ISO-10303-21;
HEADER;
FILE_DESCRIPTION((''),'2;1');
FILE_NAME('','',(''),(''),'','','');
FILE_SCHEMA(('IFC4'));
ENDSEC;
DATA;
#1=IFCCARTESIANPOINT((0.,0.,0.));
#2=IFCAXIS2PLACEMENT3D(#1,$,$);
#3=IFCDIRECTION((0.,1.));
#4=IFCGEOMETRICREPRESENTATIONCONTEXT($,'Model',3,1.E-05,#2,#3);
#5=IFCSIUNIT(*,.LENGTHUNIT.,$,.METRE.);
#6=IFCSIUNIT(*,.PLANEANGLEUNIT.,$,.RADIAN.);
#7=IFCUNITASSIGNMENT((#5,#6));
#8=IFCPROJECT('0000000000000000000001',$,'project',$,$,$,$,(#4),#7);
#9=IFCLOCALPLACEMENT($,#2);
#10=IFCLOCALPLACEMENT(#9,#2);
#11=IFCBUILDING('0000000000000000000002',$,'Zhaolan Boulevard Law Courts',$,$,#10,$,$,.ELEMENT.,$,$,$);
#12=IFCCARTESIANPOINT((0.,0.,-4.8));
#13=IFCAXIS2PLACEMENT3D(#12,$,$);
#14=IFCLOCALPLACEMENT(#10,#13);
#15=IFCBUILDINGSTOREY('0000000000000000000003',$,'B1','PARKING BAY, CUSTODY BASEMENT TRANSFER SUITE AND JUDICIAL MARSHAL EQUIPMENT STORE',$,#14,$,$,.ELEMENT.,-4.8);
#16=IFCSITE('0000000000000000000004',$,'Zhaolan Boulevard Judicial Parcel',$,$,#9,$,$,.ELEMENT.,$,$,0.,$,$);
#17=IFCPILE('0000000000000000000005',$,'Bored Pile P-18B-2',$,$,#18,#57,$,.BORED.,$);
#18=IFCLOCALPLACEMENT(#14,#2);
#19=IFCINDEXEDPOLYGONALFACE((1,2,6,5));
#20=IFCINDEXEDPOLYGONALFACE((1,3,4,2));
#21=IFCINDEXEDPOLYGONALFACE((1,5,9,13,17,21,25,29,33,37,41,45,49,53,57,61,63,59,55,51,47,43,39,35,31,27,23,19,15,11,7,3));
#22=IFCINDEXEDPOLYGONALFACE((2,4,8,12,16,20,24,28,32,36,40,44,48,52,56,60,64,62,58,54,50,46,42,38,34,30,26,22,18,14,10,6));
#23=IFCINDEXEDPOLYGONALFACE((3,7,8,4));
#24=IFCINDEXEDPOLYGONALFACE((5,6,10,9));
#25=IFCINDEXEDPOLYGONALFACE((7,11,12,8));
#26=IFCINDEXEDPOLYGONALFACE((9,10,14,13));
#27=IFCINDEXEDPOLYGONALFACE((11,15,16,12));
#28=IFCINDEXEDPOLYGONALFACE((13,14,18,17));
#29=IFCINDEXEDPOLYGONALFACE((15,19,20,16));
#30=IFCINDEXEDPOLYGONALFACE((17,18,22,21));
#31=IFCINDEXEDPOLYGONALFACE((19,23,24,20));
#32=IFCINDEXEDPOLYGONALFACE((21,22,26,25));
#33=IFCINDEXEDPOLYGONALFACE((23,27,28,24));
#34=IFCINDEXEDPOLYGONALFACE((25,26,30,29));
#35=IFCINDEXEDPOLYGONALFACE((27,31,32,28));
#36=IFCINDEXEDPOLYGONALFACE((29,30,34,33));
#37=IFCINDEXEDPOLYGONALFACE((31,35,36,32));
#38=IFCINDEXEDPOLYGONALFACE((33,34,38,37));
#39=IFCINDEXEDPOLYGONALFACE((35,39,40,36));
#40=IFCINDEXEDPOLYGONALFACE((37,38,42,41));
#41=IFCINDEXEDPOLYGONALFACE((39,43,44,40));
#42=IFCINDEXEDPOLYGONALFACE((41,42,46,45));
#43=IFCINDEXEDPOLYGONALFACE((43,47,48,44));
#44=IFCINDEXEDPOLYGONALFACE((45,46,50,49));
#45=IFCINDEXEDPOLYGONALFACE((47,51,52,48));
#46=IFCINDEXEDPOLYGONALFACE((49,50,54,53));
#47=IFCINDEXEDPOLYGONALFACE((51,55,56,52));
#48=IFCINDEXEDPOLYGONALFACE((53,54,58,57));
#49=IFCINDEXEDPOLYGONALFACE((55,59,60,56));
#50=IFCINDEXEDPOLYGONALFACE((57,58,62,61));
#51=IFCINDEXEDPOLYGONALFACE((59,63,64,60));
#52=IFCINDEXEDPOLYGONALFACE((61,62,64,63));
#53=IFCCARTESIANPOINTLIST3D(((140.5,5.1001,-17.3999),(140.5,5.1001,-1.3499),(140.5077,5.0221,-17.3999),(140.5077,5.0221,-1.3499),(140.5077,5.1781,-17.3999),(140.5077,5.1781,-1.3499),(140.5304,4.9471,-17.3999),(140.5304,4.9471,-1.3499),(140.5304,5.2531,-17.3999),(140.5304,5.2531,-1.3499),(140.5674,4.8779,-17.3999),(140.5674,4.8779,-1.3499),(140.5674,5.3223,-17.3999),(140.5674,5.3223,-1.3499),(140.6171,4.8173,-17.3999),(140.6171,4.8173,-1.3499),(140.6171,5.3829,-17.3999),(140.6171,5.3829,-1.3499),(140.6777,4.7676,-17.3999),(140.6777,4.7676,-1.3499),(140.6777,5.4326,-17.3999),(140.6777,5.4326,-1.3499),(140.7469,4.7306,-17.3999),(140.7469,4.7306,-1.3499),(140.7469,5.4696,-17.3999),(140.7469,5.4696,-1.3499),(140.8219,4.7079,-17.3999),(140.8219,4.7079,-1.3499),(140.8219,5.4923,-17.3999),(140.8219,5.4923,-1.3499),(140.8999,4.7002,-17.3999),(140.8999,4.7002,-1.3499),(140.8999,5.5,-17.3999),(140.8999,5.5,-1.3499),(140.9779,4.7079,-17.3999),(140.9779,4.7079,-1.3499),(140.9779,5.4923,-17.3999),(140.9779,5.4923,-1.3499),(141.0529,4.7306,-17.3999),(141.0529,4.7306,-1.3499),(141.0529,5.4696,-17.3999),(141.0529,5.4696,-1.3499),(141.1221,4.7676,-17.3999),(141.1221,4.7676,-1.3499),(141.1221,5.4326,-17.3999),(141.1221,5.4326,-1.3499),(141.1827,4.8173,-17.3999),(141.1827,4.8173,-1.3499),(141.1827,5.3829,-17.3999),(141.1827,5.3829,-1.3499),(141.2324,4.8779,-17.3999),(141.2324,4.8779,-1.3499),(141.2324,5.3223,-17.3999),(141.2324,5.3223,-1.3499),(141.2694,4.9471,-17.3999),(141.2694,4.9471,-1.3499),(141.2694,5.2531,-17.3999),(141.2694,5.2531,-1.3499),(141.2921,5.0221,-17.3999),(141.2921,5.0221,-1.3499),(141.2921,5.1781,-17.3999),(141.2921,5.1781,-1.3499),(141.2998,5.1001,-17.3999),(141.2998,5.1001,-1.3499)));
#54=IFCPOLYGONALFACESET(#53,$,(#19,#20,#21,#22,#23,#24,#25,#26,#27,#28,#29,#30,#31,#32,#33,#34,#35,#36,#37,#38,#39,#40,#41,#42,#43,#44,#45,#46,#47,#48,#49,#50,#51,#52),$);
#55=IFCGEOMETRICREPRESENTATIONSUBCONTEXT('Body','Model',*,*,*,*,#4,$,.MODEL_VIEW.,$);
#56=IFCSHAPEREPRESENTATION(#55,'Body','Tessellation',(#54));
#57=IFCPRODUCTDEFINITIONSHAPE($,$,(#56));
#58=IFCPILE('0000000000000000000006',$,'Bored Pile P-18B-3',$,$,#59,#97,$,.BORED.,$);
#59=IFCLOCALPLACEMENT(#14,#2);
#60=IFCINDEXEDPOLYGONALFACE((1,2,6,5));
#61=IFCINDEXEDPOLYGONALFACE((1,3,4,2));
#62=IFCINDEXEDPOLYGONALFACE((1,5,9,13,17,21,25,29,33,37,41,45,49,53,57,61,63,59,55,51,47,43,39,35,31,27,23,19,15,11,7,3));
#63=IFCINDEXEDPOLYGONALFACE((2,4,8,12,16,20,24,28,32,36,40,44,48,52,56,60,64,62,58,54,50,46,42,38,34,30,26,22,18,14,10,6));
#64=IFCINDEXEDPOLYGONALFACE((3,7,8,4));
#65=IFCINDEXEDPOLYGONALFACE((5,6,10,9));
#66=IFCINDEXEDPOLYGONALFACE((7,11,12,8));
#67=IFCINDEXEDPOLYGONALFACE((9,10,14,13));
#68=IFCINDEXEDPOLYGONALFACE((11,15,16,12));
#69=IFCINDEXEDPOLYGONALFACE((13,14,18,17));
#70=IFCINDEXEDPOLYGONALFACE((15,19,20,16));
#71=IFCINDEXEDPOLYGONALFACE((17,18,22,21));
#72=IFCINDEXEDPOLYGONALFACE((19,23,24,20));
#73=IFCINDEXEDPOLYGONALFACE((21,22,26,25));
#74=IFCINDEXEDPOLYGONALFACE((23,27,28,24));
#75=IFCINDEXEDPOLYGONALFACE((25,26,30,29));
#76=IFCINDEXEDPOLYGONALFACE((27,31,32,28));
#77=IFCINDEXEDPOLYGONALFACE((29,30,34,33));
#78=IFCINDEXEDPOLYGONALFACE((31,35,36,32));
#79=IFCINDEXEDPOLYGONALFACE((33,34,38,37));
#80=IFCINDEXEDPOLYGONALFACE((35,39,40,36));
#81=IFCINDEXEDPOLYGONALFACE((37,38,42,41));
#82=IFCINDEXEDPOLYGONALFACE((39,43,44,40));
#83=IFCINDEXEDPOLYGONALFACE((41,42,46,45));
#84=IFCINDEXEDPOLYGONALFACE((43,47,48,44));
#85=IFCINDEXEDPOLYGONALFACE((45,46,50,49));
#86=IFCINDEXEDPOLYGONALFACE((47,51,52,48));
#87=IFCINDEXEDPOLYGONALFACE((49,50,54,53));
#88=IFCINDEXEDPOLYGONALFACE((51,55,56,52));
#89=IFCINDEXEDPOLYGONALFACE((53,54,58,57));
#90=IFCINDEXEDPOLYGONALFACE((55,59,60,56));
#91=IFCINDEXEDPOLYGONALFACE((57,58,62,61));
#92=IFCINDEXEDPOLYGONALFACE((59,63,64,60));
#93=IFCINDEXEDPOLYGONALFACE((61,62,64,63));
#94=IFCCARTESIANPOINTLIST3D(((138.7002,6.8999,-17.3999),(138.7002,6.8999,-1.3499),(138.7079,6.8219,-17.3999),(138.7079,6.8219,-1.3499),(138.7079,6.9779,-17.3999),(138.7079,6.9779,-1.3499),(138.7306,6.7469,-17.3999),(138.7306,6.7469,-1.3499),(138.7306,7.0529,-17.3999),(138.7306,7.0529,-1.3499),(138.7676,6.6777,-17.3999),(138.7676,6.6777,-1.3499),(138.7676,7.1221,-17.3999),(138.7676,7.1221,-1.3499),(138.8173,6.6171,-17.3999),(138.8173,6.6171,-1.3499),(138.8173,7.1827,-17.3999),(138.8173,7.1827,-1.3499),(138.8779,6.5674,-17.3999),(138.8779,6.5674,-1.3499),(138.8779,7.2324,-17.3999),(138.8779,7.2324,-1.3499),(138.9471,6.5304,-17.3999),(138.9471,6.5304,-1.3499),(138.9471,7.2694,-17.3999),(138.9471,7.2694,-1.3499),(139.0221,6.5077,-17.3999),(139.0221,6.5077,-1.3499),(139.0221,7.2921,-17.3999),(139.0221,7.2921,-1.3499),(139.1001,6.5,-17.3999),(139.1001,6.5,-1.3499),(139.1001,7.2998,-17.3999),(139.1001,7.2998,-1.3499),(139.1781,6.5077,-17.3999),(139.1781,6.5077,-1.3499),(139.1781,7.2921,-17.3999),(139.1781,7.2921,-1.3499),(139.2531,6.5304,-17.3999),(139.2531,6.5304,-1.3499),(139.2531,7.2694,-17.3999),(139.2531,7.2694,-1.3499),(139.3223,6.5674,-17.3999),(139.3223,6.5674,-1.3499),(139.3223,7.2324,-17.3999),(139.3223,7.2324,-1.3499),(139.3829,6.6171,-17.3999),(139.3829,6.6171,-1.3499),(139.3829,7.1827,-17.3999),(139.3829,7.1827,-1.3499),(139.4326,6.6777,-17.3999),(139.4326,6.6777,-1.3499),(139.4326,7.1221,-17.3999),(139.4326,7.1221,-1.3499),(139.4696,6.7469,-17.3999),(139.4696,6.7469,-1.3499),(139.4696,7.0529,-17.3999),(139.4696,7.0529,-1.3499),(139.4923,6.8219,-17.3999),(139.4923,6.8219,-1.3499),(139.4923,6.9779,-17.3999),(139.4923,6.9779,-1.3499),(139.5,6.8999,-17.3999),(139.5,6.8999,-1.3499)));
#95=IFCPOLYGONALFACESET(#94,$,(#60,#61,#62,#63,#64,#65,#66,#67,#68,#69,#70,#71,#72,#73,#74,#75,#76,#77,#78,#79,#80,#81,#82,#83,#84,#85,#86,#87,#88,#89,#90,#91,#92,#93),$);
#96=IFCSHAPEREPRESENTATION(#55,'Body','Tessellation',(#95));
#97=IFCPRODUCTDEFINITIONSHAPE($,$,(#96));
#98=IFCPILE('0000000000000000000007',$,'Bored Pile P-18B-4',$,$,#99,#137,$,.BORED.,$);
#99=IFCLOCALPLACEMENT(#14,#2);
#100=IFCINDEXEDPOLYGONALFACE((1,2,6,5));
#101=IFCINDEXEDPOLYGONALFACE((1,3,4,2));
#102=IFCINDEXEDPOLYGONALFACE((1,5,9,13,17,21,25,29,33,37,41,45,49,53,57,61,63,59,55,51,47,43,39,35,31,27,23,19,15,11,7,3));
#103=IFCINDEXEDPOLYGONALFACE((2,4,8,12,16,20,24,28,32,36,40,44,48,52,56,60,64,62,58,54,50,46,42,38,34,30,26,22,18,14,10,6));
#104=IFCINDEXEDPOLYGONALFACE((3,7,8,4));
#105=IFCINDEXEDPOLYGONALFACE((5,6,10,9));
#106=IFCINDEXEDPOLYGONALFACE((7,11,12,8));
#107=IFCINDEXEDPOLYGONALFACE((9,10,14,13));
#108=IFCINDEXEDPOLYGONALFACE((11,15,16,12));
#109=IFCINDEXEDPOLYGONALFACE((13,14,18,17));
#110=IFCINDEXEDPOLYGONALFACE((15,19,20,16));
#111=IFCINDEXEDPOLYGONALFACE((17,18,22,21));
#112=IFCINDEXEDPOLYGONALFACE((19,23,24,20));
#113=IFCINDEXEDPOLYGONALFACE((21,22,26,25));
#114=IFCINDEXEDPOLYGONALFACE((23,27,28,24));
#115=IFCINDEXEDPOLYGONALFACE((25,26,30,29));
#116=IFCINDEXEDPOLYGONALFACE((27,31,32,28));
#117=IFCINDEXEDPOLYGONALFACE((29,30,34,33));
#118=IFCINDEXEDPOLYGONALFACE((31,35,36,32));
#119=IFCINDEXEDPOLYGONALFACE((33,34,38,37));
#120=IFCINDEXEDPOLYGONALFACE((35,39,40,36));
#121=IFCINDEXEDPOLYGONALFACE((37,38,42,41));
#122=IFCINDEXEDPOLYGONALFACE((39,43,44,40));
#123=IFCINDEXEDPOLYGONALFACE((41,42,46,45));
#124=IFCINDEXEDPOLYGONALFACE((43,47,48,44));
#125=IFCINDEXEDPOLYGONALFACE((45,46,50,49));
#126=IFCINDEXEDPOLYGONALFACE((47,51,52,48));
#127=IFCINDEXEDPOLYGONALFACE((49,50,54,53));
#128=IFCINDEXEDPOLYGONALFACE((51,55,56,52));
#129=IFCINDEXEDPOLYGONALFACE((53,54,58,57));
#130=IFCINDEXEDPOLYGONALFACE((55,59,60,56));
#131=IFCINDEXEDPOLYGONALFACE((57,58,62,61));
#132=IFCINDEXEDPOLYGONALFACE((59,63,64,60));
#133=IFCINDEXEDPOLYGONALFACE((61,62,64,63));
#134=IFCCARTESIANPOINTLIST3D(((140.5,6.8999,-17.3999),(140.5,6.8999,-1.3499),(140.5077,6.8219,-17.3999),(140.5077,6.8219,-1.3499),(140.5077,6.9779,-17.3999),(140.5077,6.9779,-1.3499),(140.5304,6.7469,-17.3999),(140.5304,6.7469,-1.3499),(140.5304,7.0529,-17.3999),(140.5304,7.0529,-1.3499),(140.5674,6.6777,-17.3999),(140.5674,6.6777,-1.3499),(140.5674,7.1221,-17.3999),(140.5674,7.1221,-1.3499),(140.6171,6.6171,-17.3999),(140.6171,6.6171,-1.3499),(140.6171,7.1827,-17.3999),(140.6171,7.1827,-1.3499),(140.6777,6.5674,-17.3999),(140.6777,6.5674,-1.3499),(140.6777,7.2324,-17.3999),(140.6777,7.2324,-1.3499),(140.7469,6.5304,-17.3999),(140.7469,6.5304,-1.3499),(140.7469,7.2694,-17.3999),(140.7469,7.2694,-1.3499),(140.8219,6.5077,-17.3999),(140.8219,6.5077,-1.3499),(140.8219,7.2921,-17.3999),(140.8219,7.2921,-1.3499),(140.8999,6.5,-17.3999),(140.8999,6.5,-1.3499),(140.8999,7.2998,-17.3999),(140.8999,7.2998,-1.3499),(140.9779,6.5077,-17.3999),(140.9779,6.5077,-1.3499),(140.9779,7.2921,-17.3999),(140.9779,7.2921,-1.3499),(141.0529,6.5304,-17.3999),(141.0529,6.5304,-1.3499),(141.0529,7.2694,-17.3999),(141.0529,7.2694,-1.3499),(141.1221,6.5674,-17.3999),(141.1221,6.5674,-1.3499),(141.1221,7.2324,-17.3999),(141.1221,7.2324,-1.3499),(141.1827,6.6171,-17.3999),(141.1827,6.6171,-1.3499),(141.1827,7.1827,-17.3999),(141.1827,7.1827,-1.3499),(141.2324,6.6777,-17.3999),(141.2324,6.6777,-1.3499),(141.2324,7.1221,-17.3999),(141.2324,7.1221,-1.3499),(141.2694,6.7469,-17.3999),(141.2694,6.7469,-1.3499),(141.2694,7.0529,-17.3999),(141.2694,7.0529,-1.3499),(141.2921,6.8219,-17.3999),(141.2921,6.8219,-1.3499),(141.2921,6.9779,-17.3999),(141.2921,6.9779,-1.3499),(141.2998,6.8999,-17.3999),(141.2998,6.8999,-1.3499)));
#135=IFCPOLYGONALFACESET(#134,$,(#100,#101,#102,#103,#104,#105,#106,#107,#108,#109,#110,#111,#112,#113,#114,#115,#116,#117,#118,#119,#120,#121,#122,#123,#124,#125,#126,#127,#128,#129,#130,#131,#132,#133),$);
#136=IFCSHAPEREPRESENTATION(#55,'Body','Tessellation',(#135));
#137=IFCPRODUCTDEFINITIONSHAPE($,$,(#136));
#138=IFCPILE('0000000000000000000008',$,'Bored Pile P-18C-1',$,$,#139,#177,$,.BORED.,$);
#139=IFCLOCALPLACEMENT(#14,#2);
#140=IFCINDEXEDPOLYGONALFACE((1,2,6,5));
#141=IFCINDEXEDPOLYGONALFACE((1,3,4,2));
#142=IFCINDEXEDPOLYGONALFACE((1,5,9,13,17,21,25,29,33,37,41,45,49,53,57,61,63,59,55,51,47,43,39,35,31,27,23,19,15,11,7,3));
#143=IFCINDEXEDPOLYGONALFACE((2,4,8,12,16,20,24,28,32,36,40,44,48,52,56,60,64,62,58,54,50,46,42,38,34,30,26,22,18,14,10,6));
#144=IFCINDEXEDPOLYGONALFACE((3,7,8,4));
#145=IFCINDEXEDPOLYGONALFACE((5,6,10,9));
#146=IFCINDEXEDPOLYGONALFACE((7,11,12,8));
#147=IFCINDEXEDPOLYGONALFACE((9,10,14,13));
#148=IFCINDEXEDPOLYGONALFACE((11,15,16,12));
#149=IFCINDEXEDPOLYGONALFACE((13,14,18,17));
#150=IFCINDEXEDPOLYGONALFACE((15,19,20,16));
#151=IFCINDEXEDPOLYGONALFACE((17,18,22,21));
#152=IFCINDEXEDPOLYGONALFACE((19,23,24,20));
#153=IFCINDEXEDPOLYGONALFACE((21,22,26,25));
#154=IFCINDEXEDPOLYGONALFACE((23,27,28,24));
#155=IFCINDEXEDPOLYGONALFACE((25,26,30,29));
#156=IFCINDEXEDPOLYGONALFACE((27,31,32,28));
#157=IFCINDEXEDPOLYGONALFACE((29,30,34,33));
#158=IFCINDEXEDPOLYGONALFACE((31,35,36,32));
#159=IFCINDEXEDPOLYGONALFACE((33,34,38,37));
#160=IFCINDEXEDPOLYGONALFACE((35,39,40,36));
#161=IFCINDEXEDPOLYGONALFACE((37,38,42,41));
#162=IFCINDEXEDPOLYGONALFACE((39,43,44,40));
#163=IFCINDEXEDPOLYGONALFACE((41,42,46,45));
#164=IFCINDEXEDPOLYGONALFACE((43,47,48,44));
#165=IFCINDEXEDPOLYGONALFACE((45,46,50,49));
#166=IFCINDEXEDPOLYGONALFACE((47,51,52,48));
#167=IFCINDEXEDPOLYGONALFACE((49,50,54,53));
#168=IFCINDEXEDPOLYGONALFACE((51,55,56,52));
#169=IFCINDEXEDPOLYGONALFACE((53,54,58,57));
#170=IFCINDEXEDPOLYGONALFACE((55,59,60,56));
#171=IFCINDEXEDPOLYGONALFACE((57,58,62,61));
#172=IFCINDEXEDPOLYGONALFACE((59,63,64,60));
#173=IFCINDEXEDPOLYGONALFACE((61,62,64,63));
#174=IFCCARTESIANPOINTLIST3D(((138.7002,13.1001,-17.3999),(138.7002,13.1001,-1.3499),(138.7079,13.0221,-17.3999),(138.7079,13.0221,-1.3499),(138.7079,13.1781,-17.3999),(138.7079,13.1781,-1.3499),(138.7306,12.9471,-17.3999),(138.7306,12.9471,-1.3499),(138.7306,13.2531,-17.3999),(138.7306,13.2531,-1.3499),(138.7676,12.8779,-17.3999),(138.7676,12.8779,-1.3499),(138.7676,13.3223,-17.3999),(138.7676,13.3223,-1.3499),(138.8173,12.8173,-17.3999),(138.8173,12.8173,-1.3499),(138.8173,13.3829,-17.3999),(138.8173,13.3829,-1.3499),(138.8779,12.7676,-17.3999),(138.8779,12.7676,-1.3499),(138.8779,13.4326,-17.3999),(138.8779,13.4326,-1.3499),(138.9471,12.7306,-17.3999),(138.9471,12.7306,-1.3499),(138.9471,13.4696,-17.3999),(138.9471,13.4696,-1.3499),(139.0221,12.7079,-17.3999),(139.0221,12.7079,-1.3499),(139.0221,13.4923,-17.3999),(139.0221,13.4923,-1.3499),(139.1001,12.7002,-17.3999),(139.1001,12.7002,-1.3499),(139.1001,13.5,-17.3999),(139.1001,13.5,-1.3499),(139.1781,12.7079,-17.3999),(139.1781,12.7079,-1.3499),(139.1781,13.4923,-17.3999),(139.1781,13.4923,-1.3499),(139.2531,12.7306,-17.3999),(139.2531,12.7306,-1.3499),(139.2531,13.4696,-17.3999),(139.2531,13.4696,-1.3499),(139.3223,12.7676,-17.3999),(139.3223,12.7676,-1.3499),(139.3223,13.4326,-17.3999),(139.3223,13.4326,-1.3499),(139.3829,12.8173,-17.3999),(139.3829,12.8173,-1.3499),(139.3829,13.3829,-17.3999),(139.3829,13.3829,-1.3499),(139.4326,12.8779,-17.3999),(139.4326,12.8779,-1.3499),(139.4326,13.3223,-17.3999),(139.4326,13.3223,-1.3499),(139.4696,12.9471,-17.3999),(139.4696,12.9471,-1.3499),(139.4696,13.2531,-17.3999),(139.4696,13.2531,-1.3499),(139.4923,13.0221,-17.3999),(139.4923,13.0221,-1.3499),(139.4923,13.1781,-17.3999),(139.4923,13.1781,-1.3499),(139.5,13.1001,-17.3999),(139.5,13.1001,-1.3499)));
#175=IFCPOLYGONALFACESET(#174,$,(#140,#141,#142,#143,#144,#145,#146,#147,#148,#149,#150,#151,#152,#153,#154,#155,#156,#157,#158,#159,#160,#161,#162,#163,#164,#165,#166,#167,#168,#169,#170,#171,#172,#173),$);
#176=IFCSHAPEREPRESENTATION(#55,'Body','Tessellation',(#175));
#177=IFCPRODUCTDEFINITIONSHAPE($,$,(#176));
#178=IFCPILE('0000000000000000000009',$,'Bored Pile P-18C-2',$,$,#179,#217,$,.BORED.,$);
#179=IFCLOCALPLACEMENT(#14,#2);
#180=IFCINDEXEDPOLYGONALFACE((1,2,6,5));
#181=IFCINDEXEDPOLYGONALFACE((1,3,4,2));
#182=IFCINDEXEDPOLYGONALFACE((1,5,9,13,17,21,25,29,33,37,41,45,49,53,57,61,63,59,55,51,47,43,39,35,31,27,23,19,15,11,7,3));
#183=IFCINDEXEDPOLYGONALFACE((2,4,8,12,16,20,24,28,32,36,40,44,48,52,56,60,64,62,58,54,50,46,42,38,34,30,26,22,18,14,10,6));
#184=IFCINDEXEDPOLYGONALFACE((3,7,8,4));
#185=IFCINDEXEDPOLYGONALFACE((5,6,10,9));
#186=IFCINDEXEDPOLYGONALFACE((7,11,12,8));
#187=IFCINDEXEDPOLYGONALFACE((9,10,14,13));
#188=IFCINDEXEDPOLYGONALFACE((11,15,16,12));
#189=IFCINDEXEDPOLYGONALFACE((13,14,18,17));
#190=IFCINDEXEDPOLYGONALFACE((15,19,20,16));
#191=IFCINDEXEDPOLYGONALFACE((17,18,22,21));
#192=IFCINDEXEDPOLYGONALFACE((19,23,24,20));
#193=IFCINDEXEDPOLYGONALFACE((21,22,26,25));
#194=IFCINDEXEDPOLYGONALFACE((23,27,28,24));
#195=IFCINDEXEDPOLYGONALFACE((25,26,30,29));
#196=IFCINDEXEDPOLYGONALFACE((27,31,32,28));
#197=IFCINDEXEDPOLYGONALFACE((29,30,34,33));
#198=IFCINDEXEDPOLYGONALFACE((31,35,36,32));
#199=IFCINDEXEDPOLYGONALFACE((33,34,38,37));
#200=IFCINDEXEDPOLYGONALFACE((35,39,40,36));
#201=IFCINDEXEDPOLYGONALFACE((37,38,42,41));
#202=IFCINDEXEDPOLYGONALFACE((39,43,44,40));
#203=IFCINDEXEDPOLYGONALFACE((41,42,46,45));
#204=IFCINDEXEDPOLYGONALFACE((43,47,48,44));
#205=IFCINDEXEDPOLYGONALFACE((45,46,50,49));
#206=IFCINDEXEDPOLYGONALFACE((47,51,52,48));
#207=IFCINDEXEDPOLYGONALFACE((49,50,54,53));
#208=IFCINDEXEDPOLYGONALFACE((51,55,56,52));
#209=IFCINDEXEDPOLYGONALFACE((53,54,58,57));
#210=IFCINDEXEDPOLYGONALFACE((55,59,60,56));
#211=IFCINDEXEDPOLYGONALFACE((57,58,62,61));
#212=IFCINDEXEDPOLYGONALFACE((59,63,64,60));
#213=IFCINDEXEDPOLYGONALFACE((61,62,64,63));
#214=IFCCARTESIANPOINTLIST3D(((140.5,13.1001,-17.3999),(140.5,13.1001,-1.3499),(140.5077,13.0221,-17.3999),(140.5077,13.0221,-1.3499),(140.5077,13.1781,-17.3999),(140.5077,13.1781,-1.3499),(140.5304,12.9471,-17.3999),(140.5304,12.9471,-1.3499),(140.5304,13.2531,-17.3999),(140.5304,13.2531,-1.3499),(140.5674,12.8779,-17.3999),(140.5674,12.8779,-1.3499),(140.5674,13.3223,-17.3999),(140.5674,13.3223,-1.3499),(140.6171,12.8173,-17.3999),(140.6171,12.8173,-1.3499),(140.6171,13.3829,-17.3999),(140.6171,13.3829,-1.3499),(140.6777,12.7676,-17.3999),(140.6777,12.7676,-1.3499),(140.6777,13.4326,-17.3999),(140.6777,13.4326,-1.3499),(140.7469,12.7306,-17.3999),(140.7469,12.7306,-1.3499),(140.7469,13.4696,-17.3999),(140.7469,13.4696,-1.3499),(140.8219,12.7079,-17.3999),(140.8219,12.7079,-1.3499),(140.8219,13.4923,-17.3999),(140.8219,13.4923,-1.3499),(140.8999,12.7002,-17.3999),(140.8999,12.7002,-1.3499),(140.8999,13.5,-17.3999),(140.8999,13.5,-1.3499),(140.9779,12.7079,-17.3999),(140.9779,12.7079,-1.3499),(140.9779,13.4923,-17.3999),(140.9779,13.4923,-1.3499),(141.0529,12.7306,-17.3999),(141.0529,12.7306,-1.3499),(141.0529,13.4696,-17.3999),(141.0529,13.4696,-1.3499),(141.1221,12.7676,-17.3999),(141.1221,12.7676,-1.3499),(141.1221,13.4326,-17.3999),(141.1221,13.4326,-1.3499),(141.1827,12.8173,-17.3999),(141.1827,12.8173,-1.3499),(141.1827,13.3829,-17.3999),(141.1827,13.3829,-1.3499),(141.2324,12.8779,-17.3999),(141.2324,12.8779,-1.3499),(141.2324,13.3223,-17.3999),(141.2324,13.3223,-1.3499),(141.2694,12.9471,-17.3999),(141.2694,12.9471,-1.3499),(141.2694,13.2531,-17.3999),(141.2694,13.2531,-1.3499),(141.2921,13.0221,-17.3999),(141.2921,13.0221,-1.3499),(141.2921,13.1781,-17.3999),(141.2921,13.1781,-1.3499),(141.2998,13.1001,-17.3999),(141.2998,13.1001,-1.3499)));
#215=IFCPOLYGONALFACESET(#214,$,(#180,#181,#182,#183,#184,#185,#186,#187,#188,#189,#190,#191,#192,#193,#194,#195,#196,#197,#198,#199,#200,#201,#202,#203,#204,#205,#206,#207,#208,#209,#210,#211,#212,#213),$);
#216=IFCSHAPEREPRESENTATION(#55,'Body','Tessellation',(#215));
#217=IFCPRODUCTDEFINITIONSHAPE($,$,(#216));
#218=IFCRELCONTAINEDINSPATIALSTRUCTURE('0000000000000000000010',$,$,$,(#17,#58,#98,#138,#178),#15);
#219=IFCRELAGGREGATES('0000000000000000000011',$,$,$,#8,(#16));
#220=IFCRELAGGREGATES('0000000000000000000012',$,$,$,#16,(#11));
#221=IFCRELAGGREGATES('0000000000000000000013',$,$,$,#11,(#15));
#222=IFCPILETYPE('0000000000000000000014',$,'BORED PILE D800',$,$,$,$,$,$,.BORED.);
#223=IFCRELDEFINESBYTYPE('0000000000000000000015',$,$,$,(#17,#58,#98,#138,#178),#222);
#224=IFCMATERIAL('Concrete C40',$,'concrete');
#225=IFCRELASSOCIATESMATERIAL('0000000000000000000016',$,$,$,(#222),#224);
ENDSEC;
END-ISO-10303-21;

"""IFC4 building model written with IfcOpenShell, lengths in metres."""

from ifc_helpers import new_model, si_unit, direction, frame, origin, origin_2d, place, context, subcontext, project, spatial, circle, extrude, material, material_profile, profile_set, type_object, element, save


model = new_model("IFC4")

# Units and contexts
model_context = context("Model", 3, precision=1e-05, world=origin(), true_north=direction((0.0, 1.0)))
body_context = subcontext(model_context, "Body", "Model", "MODEL_VIEW")
ifc_project = project(units=[si_unit("LENGTHUNIT", "METRE"), si_unit("PLANEANGLEUNIT", "RADIAN")], contexts=[model_context])

# Site, building, storey
site_placement = place(None, origin())
site = spatial("IfcSite", under=ifc_project, at=site_placement, Name="Zhaolan Boulevard Judicial Parcel", CompositionType="ELEMENT", RefElevation=0.0)
building_placement = place(site_placement, origin())
building = spatial("IfcBuilding", under=site, at=building_placement, Name="Zhaolan Boulevard Law Courts", CompositionType="ELEMENT")
storey_placement = place(building_placement, frame((0.0, 0.0, -4.8)))
storey = spatial("IfcBuildingStorey", under=building, at=storey_placement, Name="B1", Description="PARKING BAY, CUSTODY BASEMENT TRANSFER SUITE AND JUDICIAL MARSHAL EQUIPMENT STORE", CompositionType="ELEMENT", Elevation=-4.8)

# Piles
ifc_material_1 = material(Name="Concrete C40", Category="concrete")
ifc_material_profile_1 = material_profile(ifc_material_1, circle(Radius=0.3999, at=origin_2d()), Name="PILE-D800")
ifc_profile_set_1 = profile_set([ifc_material_profile_1], Name="Concrete C40")
pile_type = type_object("IfcPileType", Name="BORED PILE D800", PredefinedType="BORED", material=ifc_profile_set_1)
for number, where, z_axis, x_axis, name in (
    (1, (140.8999, 5.1001, -1.3499), (0.0, 0.0, -1.0), (1.0, 0.0, 0.0), "Bored Pile P-18B-2"),
    (2, (139.1001, 6.8999, -1.3499), (0.0, 0.0, -1.0), (1.0, 0.0, 0.0), "Bored Pile P-18B-3"),
    (3, (140.8999, 6.8999, -1.3499), (0.0, 0.0, -1.0), (1.0, 0.0, 0.0), "Bored Pile P-18B-4"),
    (4, (139.1001, 13.1001, -1.3499), (0.0, 0.0, -1.0), (1.0, 0.0, 0.0), "Bored Pile P-18C-1"),
    (5, (140.8999, 13.1001, -1.3499), (0.0, 0.0, -1.0), (1.0, 0.0, 0.0), "Bored Pile P-18C-2"),
):
    element("IfcPile", number, at=place(storey_placement, frame(where, z_axis=z_axis, x_axis=x_axis)), inside=storey, type_object=pile_type, Name=name, PredefinedType="BORED", context=body_context, shape_type="SweptSolid", body=[
        extrude(circle(Radius=0.3999, at=origin_2d()), origin(), (0.0, 0.0, 1.0), 16.05),
    ])

save(model, "model.ifc")
